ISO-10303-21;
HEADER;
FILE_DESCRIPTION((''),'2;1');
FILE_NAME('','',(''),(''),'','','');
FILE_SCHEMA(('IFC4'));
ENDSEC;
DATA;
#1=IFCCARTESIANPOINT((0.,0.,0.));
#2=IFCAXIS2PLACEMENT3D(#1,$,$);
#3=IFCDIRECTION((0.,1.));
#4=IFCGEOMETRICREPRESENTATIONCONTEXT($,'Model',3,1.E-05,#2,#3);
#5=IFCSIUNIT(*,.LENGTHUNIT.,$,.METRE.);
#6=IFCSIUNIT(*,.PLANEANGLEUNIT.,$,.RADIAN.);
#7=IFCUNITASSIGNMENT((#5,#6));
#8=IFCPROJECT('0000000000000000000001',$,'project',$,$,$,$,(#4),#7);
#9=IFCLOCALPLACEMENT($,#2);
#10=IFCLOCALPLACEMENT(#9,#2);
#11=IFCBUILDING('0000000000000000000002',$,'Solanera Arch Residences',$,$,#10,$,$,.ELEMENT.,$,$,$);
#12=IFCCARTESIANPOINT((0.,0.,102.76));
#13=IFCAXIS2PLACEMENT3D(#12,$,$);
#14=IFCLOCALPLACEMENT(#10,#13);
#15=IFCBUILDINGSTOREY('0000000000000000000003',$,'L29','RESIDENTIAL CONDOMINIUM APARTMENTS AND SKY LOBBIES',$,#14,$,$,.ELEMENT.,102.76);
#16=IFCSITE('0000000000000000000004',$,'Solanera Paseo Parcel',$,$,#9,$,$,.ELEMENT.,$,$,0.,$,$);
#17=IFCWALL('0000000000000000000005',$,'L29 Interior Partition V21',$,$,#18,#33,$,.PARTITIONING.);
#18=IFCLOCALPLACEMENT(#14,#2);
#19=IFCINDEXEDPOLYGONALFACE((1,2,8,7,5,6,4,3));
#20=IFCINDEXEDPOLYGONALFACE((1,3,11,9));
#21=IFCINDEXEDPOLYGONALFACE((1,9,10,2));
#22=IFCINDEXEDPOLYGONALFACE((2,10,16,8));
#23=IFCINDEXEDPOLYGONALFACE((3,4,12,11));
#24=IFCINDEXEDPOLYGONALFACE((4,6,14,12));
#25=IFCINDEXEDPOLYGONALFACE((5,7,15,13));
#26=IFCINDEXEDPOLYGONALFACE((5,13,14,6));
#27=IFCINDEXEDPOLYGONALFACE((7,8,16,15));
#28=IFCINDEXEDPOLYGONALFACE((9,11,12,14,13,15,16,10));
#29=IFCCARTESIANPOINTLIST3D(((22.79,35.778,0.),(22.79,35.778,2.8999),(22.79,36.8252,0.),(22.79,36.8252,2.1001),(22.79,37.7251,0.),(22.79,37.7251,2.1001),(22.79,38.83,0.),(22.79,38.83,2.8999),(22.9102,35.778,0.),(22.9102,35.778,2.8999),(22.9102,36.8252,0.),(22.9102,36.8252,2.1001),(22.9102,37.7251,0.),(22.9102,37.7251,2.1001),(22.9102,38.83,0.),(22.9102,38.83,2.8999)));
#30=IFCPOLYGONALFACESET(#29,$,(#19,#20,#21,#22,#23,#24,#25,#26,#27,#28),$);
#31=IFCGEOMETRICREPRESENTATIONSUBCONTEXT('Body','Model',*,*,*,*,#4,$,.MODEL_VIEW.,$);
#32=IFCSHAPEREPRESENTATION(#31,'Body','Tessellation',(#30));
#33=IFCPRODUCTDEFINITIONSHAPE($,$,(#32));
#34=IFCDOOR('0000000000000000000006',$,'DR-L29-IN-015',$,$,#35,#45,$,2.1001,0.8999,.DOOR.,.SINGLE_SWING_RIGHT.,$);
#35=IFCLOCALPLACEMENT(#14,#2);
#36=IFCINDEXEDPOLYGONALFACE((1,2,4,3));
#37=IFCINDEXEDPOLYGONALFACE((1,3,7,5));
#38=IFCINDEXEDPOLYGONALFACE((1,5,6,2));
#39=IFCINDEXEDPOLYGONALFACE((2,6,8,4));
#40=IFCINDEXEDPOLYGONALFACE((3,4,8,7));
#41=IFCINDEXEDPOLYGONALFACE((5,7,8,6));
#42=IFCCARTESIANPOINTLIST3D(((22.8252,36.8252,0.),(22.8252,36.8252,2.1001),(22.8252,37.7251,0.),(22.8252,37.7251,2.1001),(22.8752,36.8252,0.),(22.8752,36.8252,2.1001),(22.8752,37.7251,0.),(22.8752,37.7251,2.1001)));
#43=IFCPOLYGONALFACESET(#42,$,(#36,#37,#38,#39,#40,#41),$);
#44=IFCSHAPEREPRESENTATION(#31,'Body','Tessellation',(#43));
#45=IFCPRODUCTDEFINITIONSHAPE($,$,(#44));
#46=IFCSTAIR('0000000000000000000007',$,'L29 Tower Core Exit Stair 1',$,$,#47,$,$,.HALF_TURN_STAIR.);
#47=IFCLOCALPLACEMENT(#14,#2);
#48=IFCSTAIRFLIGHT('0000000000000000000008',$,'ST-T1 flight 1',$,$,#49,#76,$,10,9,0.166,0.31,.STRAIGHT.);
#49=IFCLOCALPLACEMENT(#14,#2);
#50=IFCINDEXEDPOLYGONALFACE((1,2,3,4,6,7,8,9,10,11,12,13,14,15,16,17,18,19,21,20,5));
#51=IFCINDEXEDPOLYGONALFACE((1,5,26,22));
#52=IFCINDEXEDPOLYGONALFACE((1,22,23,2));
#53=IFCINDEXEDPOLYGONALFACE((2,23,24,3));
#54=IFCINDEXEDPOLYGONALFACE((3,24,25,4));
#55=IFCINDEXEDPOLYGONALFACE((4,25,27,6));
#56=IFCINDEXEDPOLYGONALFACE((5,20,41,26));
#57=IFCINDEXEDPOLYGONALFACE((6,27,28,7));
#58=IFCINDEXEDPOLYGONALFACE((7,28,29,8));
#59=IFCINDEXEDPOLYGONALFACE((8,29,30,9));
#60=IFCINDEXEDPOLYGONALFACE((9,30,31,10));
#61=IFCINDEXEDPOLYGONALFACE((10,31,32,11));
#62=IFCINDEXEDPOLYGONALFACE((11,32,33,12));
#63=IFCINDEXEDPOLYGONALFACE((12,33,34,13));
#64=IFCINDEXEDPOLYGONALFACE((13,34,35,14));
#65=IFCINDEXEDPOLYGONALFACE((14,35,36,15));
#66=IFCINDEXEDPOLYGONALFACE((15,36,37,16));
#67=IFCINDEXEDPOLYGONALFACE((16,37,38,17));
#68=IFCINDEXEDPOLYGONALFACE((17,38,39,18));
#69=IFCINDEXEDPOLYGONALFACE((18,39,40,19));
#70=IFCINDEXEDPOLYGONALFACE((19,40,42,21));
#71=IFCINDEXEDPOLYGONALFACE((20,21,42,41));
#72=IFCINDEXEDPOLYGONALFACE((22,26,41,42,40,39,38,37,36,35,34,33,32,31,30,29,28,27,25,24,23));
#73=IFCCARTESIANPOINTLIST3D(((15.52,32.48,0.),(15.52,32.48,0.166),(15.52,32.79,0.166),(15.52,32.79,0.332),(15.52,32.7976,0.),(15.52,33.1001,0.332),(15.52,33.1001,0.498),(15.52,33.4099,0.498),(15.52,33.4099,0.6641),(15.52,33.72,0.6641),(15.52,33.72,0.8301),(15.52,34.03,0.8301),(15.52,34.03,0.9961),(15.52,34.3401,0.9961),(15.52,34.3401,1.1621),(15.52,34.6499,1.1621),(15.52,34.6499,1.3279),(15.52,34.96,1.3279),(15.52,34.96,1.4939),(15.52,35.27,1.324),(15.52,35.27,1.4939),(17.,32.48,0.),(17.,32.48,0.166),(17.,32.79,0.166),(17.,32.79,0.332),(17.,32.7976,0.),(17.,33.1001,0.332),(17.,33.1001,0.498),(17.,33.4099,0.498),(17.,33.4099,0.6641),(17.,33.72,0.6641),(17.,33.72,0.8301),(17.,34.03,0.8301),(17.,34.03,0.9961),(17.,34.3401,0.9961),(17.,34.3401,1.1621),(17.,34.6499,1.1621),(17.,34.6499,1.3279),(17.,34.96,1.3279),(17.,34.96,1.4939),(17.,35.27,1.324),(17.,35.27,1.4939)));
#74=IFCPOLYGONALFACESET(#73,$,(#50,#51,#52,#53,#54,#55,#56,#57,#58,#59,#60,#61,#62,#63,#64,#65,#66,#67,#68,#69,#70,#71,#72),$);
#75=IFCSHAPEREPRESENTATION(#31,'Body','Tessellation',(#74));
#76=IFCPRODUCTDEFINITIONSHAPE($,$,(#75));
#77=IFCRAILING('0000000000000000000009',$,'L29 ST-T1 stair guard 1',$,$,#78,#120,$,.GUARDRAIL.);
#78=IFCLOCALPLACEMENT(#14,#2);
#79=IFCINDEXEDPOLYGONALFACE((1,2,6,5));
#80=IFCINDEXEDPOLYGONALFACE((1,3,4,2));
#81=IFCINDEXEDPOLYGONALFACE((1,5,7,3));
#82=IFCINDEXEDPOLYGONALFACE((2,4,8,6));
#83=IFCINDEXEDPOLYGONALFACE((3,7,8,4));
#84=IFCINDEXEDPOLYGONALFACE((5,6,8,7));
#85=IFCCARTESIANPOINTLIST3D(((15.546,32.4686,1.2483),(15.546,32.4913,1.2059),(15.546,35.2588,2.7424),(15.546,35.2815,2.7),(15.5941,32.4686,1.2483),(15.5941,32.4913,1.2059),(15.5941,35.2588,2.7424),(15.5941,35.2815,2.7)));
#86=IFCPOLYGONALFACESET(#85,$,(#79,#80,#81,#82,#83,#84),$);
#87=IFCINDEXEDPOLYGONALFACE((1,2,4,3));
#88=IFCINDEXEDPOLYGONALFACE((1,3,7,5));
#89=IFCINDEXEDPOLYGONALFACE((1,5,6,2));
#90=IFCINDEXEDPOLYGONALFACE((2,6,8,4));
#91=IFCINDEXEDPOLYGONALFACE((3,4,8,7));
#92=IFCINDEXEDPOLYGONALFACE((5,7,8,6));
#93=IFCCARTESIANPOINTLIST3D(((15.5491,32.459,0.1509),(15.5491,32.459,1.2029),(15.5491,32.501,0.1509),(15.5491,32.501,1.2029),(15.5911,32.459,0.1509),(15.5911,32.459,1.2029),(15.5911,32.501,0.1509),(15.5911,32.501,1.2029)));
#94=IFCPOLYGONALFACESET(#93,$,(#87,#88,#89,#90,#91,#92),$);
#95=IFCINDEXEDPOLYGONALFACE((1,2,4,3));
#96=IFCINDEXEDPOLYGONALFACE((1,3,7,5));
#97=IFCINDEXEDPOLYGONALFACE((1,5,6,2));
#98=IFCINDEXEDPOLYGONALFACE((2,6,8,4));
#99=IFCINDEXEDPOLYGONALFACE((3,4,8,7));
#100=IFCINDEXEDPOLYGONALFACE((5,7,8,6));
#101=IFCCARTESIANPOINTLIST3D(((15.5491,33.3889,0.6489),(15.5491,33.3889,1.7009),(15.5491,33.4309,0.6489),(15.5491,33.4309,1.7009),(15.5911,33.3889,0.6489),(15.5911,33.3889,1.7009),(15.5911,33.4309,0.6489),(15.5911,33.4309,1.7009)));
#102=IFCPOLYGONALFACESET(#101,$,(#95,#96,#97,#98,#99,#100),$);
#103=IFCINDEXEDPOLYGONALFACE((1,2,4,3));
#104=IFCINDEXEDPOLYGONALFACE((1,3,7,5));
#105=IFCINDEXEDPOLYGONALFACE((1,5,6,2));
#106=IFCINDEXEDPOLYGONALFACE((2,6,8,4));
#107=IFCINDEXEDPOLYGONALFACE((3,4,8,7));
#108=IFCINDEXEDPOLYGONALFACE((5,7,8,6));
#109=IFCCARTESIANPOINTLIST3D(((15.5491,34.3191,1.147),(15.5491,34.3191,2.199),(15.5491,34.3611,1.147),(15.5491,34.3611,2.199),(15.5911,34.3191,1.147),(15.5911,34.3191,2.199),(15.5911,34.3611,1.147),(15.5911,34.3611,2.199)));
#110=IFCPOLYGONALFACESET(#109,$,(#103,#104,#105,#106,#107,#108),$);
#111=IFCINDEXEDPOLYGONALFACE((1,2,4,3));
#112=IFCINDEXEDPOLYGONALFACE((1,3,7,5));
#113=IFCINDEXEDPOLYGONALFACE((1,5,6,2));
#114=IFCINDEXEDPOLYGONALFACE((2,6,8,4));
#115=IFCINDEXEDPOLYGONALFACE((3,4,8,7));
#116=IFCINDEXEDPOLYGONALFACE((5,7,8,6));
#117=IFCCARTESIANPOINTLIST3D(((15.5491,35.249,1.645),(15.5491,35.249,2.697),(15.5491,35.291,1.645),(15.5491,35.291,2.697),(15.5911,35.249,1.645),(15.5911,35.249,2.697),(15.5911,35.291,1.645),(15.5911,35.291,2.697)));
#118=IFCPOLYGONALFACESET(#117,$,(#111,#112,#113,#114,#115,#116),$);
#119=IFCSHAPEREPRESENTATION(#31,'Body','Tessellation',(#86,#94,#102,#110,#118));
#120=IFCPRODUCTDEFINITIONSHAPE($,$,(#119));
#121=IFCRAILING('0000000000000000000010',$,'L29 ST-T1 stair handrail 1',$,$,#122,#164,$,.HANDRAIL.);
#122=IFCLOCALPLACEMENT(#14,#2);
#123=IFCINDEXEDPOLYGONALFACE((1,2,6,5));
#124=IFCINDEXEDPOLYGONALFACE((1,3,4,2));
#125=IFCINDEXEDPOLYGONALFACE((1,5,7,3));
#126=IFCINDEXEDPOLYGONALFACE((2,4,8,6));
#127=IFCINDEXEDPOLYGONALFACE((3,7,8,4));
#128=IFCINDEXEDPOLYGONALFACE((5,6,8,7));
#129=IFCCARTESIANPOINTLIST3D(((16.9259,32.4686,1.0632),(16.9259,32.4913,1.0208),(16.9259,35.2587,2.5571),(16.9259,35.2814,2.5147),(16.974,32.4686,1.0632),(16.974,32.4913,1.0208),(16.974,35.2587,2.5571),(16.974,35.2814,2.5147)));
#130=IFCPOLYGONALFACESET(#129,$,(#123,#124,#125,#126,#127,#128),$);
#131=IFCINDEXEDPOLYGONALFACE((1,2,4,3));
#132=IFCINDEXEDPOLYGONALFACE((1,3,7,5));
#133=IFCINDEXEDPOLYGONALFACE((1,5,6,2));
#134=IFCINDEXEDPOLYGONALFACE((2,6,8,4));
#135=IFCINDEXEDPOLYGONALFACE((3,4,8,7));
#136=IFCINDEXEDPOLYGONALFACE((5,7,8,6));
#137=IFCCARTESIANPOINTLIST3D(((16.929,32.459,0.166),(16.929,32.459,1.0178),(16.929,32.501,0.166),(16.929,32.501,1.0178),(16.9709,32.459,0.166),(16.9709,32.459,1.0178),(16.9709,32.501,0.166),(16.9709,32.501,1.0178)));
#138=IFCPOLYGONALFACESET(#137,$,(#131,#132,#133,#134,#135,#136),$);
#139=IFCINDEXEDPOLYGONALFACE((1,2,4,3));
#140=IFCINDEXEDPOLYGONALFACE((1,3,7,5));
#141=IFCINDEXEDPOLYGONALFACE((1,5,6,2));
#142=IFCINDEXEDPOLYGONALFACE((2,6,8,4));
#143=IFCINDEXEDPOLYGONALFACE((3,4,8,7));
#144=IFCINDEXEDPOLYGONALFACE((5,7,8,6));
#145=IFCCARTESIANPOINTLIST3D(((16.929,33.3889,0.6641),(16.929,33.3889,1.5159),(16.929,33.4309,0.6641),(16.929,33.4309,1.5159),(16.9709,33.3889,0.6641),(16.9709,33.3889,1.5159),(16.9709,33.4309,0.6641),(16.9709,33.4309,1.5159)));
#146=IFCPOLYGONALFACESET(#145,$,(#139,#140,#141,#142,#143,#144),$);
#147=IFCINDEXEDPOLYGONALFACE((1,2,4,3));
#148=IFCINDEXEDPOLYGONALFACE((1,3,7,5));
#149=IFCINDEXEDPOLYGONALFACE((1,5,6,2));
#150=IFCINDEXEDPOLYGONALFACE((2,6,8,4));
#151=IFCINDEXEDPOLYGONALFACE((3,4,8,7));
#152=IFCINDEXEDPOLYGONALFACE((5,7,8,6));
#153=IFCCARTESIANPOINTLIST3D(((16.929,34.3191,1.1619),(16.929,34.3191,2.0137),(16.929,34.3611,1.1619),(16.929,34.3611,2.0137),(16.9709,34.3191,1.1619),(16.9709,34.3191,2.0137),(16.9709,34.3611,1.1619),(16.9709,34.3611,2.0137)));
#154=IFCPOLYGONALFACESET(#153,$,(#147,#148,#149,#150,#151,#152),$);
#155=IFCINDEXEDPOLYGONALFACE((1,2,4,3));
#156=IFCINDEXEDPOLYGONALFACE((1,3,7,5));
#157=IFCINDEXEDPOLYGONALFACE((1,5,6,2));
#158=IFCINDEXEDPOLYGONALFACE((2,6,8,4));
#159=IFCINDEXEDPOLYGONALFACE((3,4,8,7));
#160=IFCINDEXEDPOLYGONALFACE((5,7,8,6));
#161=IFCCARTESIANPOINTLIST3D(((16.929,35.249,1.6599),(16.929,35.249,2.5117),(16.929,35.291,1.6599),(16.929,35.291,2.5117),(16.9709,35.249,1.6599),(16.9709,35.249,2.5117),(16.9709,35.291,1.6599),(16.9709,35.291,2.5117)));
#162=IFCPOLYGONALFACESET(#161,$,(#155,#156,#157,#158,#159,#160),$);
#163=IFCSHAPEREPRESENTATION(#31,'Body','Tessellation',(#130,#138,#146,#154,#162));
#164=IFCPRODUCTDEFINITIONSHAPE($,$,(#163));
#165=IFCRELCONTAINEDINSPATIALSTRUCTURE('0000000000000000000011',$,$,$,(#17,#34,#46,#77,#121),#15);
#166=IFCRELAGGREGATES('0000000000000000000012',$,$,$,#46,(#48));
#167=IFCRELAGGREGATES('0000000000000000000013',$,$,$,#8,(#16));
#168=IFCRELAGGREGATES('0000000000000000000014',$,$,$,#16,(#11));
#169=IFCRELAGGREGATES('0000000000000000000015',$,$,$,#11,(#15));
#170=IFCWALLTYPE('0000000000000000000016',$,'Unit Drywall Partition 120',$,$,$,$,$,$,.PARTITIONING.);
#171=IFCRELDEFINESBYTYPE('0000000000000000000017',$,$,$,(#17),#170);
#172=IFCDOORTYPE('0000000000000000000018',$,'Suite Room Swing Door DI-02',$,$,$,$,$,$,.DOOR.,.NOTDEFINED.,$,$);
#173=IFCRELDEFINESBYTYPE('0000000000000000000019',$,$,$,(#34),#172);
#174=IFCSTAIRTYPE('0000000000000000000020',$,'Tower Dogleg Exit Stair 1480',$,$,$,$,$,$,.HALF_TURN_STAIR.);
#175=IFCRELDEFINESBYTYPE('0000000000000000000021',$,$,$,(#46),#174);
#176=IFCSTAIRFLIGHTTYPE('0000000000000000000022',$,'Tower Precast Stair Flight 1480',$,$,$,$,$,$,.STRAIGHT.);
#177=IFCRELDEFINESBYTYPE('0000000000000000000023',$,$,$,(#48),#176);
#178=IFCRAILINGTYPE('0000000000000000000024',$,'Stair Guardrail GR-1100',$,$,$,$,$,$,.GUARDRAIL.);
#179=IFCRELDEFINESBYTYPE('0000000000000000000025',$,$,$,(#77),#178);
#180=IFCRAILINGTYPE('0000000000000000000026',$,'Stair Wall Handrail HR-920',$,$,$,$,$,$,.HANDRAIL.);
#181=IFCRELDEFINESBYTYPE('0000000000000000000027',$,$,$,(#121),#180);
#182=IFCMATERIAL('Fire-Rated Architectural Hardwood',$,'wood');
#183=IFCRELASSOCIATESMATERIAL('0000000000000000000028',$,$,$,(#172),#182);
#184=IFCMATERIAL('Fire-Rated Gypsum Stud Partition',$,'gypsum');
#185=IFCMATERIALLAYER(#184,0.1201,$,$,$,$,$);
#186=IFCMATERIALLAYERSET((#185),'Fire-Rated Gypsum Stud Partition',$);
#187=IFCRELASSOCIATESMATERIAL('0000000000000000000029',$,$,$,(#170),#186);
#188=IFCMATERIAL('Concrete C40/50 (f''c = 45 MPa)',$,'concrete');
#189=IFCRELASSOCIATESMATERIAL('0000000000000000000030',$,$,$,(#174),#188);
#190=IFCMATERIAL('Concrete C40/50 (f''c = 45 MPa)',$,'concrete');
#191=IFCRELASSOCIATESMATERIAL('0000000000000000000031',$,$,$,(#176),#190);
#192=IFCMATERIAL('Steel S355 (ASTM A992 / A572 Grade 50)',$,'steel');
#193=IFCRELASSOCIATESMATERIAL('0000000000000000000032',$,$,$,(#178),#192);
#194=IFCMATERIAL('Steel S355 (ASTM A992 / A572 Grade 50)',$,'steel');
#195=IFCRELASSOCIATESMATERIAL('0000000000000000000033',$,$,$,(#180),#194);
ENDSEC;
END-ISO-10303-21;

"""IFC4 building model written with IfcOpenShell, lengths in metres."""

from ifc_helpers import new_model, si_unit, direction, frame, frame_2d, origin, origin_2d, place, context, subcontext, project, spatial, polyline, rectangle, outline, extrude, material, layer, layer_set, type_object, element, fill, aggregate, save


model = new_model("IFC4")

# Units and contexts
model_context = context("Model", 3, precision=1e-05, world=origin(), true_north=direction((0.0, 1.0)))
body_context = subcontext(model_context, "Body", "Model", "MODEL_VIEW")
ifc_project = project(units=[si_unit("LENGTHUNIT", "METRE"), si_unit("PLANEANGLEUNIT", "RADIAN")], contexts=[model_context])

# Site, building, storey
site_placement = place(None, origin())
site = spatial("IfcSite", under=ifc_project, at=site_placement, Name="Solanera Paseo Parcel", CompositionType="ELEMENT", RefElevation=0.0)
building_placement = place(site_placement, origin())
building = spatial("IfcBuilding", under=site, at=building_placement, Name="Solanera Arch Residences", CompositionType="ELEMENT")
storey_placement = place(building_placement, frame((0.0, 0.0, 102.76)))
storey = spatial("IfcBuildingStorey", under=building, at=storey_placement, Name="L29", Description="RESIDENTIAL CONDOMINIUM APARTMENTS AND SKY LOBBIES", CompositionType="ELEMENT", Elevation=102.76)

# Shared definitions
ifc_material_1 = material(Name="Fire-Rated Architectural Hardwood", Category="wood")
door_type_1 = type_object("IfcDoorType", Name="Suite Room Swing Door DI-02", OperationType="NOTDEFINED", PredefinedType="DOOR", material=ifc_material_1)

# Shared definitions
ifc_material_2 = material(Name="Fire-Rated Gypsum Stud Partition", Category="gypsum")
ifc_layer_1 = layer(ifc_material_2, 0.1201)
ifc_layer_set_1 = layer_set([ifc_layer_1], Name="Fire-Rated Gypsum Stud Partition")
wall_type_1 = type_object("IfcWallType", Name="Unit Drywall Partition 120", PredefinedType="PARTITIONING", material=ifc_layer_set_1)

# Wall, opening, door
wall_1_placement = place(storey_placement, frame((22.8501, 35.7781, 0.0), z_axis=(0.0, 0.0, 1.0), x_axis=(0.0, 1.0, 0.0)))
wall_1 = element("IfcWall", 1, at=wall_1_placement, inside=storey, type_object=wall_type_1, Name="L29 Interior Partition V21", PredefinedType="PARTITIONING", context=body_context, shape_type="SweptSolid", body=[
    extrude(rectangle(XDim=3.052, YDim=0.1201, at=frame_2d((1.5259, 0.0))), origin(), (0.0, 0.0, 1.0), 2.8999),
])
opening_1_placement = place(wall_1_placement, frame((1.0471, 0.0, 0.0)))
opening_1 = element("IfcOpeningElement", 2, at=opening_1_placement, cuts=wall_1, PredefinedType="OPENING", context=body_context, shape_type="SweptSolid", body=[
    extrude(rectangle(XDim=0.8999, YDim=2.1001, at=frame_2d((0.45, 1.05))), frame((0.0, 0.0701, 0.0), z_axis=(0.0, -1.0, 0.0), x_axis=(1.0, 0.0, 0.0)), (0.0, 0.0, 1.0), 0.1401),
])
door_1_placement = place(opening_1_placement, origin())
door_1 = element("IfcDoor", 3, at=door_1_placement, inside=storey, type_object=door_type_1, Name="DR-L29-IN-015", OperationType="SINGLE_SWING_RIGHT", OverallHeight=2.1001, OverallWidth=0.8999, PredefinedType="DOOR", context=body_context, shape_type="SweptSolid", body=[
    extrude(rectangle(XDim=0.8999, YDim=2.1001, at=frame_2d((0.45, 1.05))), frame((0.0, 0.0249, 0.0), z_axis=(0.0, -1.0, 0.0), x_axis=(1.0, 0.0, 0.0)), (0.0, 0.0, 1.0), 0.05),
])
fill(opening_1, door_1)

# Stair, stair flight
ifc_material_3 = material(Name="Concrete C40/50 (f'c = 45 MPa)", Category="concrete")
stair_type = type_object("IfcStairType", Name="Tower Dogleg Exit Stair 1480", PredefinedType="HALF_TURN_STAIR", material=ifc_material_3)
stair_placement = place(storey_placement, origin())
stair = element("IfcStair", 4, at=stair_placement, inside=storey, type_object=stair_type, Name="L29 Tower Core Exit Stair 1", PredefinedType="HALF_TURN_STAIR")
ifc_material_4 = material(Name="Concrete C40/50 (f'c = 45 MPa)", Category="concrete")
stair_flight_type = type_object("IfcStairFlightType", Name="Tower Precast Stair Flight 1480", PredefinedType="STRAIGHT", material=ifc_material_4)
stair_flight_placement = place(storey_placement, frame((16.26, 32.48, 0.0), z_axis=(0.0, 0.0, 1.0), x_axis=(0.0, 1.0, 0.0)))
stair_flight = element("IfcStairFlight", 5, at=stair_flight_placement, type_object=stair_flight_type, Name="ST-T1 flight 1", NumberOfRisers=10, NumberOfTreads=9, PredefinedType="STRAIGHT", RiserHeight=0.166, TreadLength=0.31, context=body_context, shape_type="SweptSolid", body=[
    extrude(outline(polyline([(0.0, 0.0), (0.0, 0.166), (0.3101, 0.166), (0.3101, 0.332), (0.6201, 0.332), (0.6201, 0.498), (0.9299, 0.498), (0.9299, 0.6641), (1.24, 0.6641), (1.24, 0.8301), (1.55, 0.8301), (1.55, 0.9961), (1.8601, 0.9961), (1.8601, 1.1621), (2.1699, 1.1621), (2.1699, 1.3279), (2.48, 1.3279), (2.48, 1.4939), (2.79, 1.4939), (2.79, 1.6599), (2.79, 1.324), (0.3176, 0.0), (0.0, 0.0)])), frame((0.0, 0.74, 0.0), z_axis=(0.0, -1.0, 0.0), x_axis=(1.0, 0.0, 0.0)), (0.0, 0.0, 1.0), 1.48),
])
aggregate(stair, [stair_flight])

# Railings
ifc_material_5 = material(Name="Steel S355 (ASTM A992 / A572 Grade 50)", Category="steel")
railing_type_1 = type_object("IfcRailingType", Name="Stair Guardrail GR-1100", PredefinedType="GUARDRAIL", material=ifc_material_5)
railing_1_placement = place(storey_placement, frame((15.5701, 32.48, 0.1509)))
element("IfcRailing", 6, at=railing_1_placement, inside=storey, type_object=railing_type_1, Name="L29 ST-T1 stair guard 1", PredefinedType="GUARDRAIL", context=body_context, shape_type="SweptSolid", body=[
    extrude(rectangle(XDim=0.0481, YDim=0.0481, at=origin_2d()), frame((0.0, 0.0, 1.0762), z_axis=(0.0, 0.881549, 0.472093), x_axis=(-1.0, 0.0, 0.0)), (0.0, 0.0, 1.0), 3.165),
    extrude(rectangle(XDim=0.042, YDim=0.042, at=origin_2d()), origin(), (0.0, 0.0, 1.0), 1.052),
    extrude(rectangle(XDim=0.042, YDim=0.042, at=origin_2d()), frame((0.0, 0.9299, 0.498)), (0.0, 0.0, 1.0), 1.052),
    extrude(rectangle(XDim=0.042, YDim=0.042, at=origin_2d()), frame((0.0, 1.8601, 0.9961)), (0.0, 0.0, 1.0), 1.052),
    extrude(rectangle(XDim=0.042, YDim=0.042, at=origin_2d()), frame((0.0, 2.79, 1.4941)), (0.0, 0.0, 1.0), 1.052),
])
ifc_material_6 = material(Name="Steel S355 (ASTM A992 / A572 Grade 50)", Category="steel")
railing_type_2 = type_object("IfcRailingType", Name="Stair Wall Handrail HR-920", PredefinedType="HANDRAIL", material=ifc_material_6)
railing_2_placement = place(storey_placement, frame((16.95, 32.48, 0.166)))
element("IfcRailing", 7, at=railing_2_placement, inside=storey, type_object=railing_type_2, Name="L29 ST-T1 stair handrail 1", PredefinedType="HANDRAIL", context=body_context, shape_type="SweptSolid", body=[
    extrude(rectangle(XDim=0.0481, YDim=0.0481, at=origin_2d()), frame((0.0, 0.0, 0.876), z_axis=(0.0, 0.881581, 0.472033), x_axis=(-1.0, 0.0, 0.0)), (0.0, 0.0, 1.0), 3.1648),
    extrude(rectangle(XDim=0.042, YDim=0.042, at=origin_2d()), origin(), (0.0, 0.0, 1.0), 0.8518),
    extrude(rectangle(XDim=0.042, YDim=0.042, at=origin_2d()), frame((0.0, 0.9299, 0.498)), (0.0, 0.0, 1.0), 0.8518),
    extrude(rectangle(XDim=0.042, YDim=0.042, at=origin_2d()), frame((0.0, 1.8601, 0.9958)), (0.0, 0.0, 1.0), 0.8518),
    extrude(rectangle(XDim=0.042, YDim=0.042, at=origin_2d()), frame((0.0, 2.79, 1.4939)), (0.0, 0.0, 1.0), 0.8518),
])

save(model, "model.ifc")
